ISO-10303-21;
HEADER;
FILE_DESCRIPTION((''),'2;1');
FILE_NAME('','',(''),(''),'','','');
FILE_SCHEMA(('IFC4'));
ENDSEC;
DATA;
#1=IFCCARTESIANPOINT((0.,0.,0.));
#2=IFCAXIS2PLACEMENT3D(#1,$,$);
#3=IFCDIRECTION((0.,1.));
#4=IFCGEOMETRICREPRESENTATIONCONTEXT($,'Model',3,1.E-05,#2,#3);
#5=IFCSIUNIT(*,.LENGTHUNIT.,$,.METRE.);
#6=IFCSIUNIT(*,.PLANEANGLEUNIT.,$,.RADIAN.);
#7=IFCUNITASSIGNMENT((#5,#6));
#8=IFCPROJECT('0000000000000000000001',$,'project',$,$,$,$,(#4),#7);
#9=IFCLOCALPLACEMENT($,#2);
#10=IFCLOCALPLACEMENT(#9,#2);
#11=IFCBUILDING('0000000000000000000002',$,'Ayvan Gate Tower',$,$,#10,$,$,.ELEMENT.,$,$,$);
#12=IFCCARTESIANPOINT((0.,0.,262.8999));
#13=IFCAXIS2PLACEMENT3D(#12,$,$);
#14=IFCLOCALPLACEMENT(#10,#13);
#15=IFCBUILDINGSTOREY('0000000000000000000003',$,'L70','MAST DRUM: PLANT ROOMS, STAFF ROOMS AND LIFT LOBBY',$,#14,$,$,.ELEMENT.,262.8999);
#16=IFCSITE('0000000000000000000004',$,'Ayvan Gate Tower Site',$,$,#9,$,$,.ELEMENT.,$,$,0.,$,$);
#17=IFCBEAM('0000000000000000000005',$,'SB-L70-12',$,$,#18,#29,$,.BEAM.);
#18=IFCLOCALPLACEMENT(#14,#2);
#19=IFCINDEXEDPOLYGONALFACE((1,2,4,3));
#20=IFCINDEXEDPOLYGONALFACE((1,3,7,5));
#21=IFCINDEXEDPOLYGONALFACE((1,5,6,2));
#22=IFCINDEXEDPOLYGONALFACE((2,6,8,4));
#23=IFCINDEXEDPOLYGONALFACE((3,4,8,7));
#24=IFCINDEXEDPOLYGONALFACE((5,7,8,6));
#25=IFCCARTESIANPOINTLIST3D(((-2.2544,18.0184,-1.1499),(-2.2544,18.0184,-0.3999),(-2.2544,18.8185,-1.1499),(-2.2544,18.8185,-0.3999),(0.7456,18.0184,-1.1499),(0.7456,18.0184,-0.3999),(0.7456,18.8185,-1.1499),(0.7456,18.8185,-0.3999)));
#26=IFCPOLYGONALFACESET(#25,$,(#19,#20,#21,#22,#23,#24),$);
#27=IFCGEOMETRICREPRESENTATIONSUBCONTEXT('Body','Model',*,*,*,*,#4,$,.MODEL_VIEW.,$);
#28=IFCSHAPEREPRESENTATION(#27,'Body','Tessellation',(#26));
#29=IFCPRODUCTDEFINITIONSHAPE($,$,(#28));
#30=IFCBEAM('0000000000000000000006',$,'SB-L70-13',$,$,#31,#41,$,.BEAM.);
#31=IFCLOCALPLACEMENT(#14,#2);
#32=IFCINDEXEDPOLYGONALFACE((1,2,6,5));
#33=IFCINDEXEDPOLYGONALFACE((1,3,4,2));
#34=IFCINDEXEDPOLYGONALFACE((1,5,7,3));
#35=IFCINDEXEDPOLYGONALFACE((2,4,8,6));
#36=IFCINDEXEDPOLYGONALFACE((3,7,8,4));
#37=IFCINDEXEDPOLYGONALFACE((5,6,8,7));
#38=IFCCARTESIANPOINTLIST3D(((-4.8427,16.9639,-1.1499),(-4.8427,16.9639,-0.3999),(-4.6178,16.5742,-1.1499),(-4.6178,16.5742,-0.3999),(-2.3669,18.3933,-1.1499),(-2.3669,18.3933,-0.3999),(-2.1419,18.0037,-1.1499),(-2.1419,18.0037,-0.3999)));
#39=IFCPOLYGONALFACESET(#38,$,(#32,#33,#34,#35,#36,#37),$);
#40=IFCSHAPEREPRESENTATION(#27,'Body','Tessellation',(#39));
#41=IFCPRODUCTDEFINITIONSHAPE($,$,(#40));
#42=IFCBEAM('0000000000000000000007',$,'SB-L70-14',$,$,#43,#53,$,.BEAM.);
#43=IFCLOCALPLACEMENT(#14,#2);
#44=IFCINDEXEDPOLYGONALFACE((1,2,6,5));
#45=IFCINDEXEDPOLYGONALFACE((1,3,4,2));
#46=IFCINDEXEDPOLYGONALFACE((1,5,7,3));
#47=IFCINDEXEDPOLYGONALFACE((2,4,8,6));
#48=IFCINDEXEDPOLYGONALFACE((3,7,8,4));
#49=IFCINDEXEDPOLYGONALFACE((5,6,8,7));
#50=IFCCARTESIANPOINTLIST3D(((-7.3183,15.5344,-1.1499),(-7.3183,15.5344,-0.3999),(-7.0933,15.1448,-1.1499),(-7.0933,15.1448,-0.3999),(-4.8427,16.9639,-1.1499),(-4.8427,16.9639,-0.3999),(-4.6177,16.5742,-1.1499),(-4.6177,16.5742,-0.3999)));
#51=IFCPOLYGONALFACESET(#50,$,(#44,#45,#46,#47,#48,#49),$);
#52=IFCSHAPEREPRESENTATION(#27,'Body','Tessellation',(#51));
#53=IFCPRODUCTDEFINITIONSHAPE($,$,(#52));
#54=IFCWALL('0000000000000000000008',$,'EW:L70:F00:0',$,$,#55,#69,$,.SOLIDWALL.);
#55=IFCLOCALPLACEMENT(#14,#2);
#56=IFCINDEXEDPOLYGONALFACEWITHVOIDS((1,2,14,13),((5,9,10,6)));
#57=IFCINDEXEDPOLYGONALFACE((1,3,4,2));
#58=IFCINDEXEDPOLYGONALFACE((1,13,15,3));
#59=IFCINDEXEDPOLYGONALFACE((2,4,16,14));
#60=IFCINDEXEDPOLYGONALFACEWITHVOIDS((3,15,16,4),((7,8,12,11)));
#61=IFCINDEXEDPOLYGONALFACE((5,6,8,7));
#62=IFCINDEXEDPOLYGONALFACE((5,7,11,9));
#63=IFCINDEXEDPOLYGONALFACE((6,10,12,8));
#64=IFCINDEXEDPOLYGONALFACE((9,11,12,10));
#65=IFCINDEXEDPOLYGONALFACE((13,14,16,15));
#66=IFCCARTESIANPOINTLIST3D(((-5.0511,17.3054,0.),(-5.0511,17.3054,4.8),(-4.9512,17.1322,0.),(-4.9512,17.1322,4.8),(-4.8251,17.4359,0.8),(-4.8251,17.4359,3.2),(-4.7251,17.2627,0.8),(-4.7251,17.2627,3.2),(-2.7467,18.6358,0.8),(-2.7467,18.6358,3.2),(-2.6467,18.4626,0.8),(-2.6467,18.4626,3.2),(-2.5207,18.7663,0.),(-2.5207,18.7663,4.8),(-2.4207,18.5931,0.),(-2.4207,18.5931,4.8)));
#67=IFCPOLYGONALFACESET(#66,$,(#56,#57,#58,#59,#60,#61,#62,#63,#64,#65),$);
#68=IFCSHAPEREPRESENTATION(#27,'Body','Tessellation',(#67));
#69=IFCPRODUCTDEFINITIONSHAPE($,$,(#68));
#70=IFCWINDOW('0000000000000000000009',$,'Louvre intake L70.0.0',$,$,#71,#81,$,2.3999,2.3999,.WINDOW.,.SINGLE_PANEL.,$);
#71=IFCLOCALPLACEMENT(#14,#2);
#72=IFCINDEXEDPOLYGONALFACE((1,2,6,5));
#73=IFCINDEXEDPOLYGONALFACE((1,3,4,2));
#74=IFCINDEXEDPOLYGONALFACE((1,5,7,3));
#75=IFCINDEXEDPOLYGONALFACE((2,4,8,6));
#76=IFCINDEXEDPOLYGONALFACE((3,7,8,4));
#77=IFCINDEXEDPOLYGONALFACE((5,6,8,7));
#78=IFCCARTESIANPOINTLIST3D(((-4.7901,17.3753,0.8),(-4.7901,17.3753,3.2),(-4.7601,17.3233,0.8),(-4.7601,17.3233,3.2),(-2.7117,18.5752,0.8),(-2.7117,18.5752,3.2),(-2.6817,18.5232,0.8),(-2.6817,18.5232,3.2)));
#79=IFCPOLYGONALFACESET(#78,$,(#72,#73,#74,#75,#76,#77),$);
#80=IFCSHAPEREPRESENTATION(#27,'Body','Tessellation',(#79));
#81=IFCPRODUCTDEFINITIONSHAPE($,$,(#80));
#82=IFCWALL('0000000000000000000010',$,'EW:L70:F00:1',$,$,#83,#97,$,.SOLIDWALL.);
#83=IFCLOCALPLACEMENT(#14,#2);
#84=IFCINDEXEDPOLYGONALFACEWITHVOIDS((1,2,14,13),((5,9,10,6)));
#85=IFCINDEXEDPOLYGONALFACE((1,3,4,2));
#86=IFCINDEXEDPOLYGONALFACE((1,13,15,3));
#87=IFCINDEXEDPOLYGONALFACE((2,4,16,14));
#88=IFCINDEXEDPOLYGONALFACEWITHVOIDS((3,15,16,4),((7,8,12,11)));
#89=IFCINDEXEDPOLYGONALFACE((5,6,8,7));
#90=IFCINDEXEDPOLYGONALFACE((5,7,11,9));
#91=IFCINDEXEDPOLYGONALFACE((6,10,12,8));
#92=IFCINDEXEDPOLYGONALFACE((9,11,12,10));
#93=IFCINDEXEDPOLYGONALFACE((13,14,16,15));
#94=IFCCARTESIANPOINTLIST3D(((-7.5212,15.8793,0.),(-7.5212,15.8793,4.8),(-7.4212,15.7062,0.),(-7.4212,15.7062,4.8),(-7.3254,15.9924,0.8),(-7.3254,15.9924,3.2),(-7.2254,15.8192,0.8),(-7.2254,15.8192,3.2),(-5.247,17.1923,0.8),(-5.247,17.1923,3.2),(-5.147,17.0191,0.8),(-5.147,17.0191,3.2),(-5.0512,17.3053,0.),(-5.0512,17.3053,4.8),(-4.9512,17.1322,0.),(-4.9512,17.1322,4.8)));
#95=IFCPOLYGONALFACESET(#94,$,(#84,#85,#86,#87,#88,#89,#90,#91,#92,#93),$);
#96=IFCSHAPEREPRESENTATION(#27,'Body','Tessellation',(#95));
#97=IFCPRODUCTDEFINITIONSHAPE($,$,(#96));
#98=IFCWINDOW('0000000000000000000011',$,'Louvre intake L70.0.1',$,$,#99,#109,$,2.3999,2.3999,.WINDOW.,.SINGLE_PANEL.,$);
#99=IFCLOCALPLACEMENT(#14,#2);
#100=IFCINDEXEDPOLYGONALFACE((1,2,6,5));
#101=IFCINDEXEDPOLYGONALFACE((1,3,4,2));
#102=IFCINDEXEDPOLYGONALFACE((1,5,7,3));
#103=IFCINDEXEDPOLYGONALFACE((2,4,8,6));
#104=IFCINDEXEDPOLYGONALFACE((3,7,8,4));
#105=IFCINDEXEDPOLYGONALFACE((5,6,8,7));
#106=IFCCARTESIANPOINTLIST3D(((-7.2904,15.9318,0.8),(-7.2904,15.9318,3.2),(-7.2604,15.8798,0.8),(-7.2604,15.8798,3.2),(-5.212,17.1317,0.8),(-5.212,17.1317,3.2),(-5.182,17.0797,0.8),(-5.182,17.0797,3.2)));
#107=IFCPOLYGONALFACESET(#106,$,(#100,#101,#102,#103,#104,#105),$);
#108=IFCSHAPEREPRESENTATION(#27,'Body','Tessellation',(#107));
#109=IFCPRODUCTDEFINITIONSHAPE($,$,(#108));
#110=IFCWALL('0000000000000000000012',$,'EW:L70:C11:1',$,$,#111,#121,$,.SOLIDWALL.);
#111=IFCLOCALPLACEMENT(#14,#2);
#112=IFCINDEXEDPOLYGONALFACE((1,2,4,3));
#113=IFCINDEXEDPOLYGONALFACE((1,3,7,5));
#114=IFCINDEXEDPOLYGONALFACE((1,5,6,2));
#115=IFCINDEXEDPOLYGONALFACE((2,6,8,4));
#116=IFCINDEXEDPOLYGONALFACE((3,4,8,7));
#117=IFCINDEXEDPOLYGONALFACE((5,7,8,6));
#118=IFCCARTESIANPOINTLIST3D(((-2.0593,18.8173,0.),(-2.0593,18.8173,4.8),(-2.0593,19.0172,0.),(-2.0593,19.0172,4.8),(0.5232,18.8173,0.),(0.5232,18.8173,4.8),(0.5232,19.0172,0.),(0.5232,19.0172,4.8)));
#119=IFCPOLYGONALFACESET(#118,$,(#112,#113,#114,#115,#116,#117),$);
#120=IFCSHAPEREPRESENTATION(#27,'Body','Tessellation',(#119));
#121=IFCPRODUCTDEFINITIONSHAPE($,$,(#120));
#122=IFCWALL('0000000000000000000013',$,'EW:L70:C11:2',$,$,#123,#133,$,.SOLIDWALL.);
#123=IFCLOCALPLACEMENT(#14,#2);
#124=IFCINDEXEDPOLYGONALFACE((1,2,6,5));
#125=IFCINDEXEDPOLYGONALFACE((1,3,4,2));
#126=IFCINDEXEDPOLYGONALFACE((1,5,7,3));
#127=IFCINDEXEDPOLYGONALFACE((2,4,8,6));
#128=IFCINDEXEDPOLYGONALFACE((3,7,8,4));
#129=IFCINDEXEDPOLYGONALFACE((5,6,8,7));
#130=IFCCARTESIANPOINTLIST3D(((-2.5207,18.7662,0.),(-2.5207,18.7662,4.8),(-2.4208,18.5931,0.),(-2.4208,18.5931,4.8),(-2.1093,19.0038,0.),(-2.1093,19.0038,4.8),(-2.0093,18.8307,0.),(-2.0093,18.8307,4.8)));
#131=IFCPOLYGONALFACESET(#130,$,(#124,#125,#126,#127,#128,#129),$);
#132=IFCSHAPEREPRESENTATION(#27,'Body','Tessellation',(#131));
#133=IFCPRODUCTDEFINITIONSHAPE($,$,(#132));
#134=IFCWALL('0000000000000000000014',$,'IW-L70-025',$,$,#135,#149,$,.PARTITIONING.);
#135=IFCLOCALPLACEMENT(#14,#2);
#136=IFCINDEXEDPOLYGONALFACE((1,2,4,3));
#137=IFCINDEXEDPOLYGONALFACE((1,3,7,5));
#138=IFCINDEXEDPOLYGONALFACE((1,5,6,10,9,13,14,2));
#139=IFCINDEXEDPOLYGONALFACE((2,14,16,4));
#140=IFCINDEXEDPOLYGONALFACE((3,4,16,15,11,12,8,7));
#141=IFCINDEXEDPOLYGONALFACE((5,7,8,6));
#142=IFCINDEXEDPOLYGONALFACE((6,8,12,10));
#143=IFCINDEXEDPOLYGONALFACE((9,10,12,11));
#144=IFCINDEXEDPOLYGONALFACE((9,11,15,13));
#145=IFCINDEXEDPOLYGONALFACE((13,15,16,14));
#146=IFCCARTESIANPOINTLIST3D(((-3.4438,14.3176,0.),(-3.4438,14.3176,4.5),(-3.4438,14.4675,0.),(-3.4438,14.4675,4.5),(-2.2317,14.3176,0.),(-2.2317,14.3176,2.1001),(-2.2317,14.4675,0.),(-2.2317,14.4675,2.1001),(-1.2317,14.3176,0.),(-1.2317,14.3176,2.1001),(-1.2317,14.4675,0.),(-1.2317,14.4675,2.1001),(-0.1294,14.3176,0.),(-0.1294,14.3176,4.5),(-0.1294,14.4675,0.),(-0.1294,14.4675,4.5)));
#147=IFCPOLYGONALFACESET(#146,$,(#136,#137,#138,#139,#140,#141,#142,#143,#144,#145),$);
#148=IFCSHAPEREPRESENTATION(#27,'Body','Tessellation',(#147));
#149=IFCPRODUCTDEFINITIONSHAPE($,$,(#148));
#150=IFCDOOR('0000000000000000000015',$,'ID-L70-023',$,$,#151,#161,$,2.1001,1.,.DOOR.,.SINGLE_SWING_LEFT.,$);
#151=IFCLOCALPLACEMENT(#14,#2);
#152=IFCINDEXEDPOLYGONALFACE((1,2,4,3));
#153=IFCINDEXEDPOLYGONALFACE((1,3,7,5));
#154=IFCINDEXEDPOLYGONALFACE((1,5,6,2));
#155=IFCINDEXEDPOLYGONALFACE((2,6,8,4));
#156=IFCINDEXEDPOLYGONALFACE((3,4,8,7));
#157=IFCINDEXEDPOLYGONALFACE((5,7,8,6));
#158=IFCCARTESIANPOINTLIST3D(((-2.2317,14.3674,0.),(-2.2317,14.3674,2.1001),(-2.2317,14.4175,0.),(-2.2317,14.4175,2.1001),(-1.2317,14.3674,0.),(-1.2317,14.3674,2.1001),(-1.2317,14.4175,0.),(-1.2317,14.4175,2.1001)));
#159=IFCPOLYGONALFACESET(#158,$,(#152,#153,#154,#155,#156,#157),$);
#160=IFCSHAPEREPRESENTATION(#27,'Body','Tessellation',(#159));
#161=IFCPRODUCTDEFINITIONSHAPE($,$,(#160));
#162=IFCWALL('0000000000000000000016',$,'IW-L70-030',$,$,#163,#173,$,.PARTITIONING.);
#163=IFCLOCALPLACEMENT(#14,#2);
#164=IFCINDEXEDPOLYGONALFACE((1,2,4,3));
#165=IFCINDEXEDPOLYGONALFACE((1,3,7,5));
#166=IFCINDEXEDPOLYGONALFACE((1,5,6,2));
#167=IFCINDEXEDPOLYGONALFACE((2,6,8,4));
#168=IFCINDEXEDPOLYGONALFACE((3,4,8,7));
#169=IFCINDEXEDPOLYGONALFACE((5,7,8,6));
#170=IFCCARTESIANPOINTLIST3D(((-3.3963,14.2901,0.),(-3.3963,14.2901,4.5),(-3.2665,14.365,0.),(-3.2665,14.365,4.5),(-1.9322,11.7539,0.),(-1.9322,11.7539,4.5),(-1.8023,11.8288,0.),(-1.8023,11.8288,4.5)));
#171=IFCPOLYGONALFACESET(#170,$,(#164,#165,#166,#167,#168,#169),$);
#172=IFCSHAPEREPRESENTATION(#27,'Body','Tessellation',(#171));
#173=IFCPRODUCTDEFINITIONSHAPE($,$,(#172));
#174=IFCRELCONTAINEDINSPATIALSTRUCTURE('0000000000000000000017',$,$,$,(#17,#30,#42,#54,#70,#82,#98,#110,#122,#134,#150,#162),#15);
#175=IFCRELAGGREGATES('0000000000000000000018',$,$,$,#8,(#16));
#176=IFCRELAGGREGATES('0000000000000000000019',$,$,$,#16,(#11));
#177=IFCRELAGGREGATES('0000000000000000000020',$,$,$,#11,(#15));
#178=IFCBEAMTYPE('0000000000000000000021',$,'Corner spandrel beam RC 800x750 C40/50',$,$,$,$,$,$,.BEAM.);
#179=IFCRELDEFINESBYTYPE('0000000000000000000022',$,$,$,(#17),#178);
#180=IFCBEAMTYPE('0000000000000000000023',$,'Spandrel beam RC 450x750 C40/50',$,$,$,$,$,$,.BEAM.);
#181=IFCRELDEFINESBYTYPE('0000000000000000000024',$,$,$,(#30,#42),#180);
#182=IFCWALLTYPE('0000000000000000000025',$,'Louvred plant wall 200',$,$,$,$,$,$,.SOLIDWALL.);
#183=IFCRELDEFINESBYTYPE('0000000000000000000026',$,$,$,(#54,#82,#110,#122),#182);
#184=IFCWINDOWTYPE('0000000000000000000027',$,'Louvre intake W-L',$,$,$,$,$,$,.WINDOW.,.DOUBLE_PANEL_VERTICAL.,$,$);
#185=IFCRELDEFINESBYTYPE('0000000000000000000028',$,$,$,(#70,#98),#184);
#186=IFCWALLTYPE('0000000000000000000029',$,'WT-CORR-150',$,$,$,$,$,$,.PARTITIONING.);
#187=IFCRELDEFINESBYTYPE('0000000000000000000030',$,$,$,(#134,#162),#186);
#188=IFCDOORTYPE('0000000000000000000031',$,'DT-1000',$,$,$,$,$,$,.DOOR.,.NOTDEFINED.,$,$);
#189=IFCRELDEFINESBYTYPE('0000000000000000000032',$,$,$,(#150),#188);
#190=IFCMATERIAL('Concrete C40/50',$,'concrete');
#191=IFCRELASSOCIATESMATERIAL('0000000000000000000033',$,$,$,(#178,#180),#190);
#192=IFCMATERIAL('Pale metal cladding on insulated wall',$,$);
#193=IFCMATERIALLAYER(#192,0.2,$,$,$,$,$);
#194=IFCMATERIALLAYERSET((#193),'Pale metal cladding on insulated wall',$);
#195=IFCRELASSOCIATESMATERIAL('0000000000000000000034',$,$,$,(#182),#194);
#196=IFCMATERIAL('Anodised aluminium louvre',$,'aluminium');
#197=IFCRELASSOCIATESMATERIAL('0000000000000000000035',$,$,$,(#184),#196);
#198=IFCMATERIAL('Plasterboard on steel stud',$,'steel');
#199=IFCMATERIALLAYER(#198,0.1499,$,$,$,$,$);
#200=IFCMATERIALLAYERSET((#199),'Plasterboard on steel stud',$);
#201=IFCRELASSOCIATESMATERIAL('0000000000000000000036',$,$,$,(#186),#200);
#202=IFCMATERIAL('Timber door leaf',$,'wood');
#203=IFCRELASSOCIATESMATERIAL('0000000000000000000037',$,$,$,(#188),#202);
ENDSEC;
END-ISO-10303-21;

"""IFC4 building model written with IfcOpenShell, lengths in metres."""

from ifc_helpers import new_model, si_unit, direction, frame, frame_2d, origin, origin_2d, place, context, subcontext, project, spatial, rectangle, extrude, material, layer, layer_set, material_profile, profile_set, type_object, element, fill, save


model = new_model("IFC4")

# Units and contexts
model_context = context("Model", 3, precision=1e-05, world=origin(), true_north=direction((0.0, 1.0)))
body_context = subcontext(model_context, "Body", "Model", "MODEL_VIEW")
ifc_project = project(units=[si_unit("LENGTHUNIT", "METRE"), si_unit("PLANEANGLEUNIT", "RADIAN")], contexts=[model_context])

# Site, building, storey
site_placement = place(None, origin())
site = spatial("IfcSite", under=ifc_project, at=site_placement, Name="Ayvan Gate Tower Site", CompositionType="ELEMENT", RefElevation=0.0)
building_placement = place(site_placement, origin())
building = spatial("IfcBuilding", under=site, at=building_placement, Name="Ayvan Gate Tower", CompositionType="ELEMENT")
storey_placement = place(building_placement, frame((0.0, 0.0, 262.8999)))
storey = spatial("IfcBuildingStorey", under=building, at=storey_placement, Name="L70", Description="MAST DRUM: PLANT ROOMS, STAFF ROOMS AND LIFT LOBBY", CompositionType="ELEMENT", Elevation=262.8999)

# Beams
ifc_material_1 = material(Name="Concrete C40/50", Category="concrete")
ifc_material_profile_1 = material_profile(ifc_material_1, rectangle(XDim=0.8, YDim=0.75, at=origin_2d()), Name="RC 800x750")
ifc_profile_set_1 = profile_set([ifc_material_profile_1], Name="Concrete C40/50")
beam_type_1 = type_object("IfcBeamType", Name="Corner spandrel beam RC 800x750 C40/50", PredefinedType="BEAM", material=ifc_profile_set_1)
beam_1_placement = place(storey_placement, frame((0.7456, 18.4185, -0.7749), z_axis=(-1.0, 0.0, 0.0), x_axis=(0.0, -1.0, 0.0)))
element("IfcBeam", 1, at=beam_1_placement, inside=storey, type_object=beam_type_1, Name="SB-L70-12", PredefinedType="BEAM", context=body_context, shape_type="SweptSolid", body=[
    extrude(rectangle(XDim=0.8, YDim=0.75, at=origin_2d()), origin(), (0.0, 0.0, 1.0), 3.0),
])
ifc_material_profile_2 = material_profile(ifc_material_1, rectangle(XDim=0.45, YDim=0.75, at=origin_2d()), Name="RC 450x750")
ifc_profile_set_2 = profile_set([ifc_material_profile_2], Name="Concrete C40/50")
beam_type_2 = type_object("IfcBeamType", Name="Spandrel beam RC 450x750 C40/50", PredefinedType="BEAM", material=ifc_profile_set_2)
beam_2_placement = place(storey_placement, frame((-2.2544, 18.1985, -0.7749), z_axis=(-0.866022, -0.500006, 0.0), x_axis=(0.500006, -0.866022, 0.0)))
element("IfcBeam", 2, at=beam_2_placement, inside=storey, type_object=beam_type_2, Name="SB-L70-13", PredefinedType="BEAM", context=body_context, shape_type="SweptSolid", body=[
    extrude(rectangle(XDim=0.45, YDim=0.75, at=origin_2d()), origin(), (0.0, 0.0, 1.0), 2.8589),
])
beam_3_placement = place(storey_placement, frame((-4.7302, 16.769, -0.7749), z_axis=(-0.866001, -0.500043, 0.0), x_axis=(0.500043, -0.866001, 0.0)))
element("IfcBeam", 3, at=beam_3_placement, inside=storey, type_object=beam_type_2, Name="SB-L70-14", PredefinedType="BEAM", context=body_context, shape_type="SweptSolid", body=[
    extrude(rectangle(XDim=0.45, YDim=0.75, at=origin_2d()), origin(), (0.0, 0.0, 1.0), 2.8586),
])

# Walls, openings, windows
ifc_material_2 = material(Name="Pale metal cladding on insulated wall")
ifc_layer_1 = layer(ifc_material_2, 0.2)
ifc_layer_set_1 = layer_set([ifc_layer_1], Name="Pale metal cladding on insulated wall")
wall_type_1 = type_object("IfcWallType", Name="Louvred plant wall 200", PredefinedType="SOLIDWALL", material=ifc_layer_set_1)
wall_1_placement = place(storey_placement, frame((-2.4707, 18.6797, 0.0), z_axis=(0.0, 0.0, 1.0), x_axis=(-0.866034, -0.499985, 0.0)))
wall_1 = element("IfcWall", 4, at=wall_1_placement, inside=storey, type_object=wall_type_1, Name="EW:L70:F00:0", PredefinedType="SOLIDWALL", context=body_context, shape_type="SweptSolid", body=[
    extrude(rectangle(XDim=2.9219, YDim=0.2, at=frame_2d((1.4609, 0.0))), origin(), (0.0, 0.0, 1.0), 4.8),
])
opening_1_placement = place(wall_1_placement, frame((0.261, 0.0, 0.8)))
opening_1 = element("IfcOpeningElement", 5, at=opening_1_placement, cuts=wall_1, PredefinedType="OPENING", context=body_context, shape_type="SweptSolid", body=[
    extrude(rectangle(XDim=2.3999, YDim=2.3999, at=frame_2d((1.2, 1.2))), frame((0.0, 0.1099, 0.0), z_axis=(0.0, -1.0, 0.0), x_axis=(1.0, 0.0, 0.0)), (0.0, 0.0, 1.0), 0.22),
])
ifc_material_3 = material(Name="Anodised aluminium louvre", Category="aluminium")
window_type = type_object("IfcWindowType", Name="Louvre intake W-L", PartitioningType="DOUBLE_PANEL_VERTICAL", PredefinedType="WINDOW", material=ifc_material_3)
window_1_placement = place(opening_1_placement, origin())
window_1 = element("IfcWindow", 6, at=window_1_placement, inside=storey, type_object=window_type, Name="Louvre intake L70.0.0", OverallHeight=2.3999, OverallWidth=2.3999, PartitioningType="SINGLE_PANEL", PredefinedType="WINDOW", context=body_context, shape_type="SweptSolid", body=[
    extrude(rectangle(XDim=2.3999, YDim=2.3999, at=frame_2d((1.2, 1.2))), frame((0.0, 0.03, 0.0), z_axis=(0.0, -1.0, 0.0), x_axis=(1.0, 0.0, 0.0)), (0.0, 0.0, 1.0), 0.0601),
])
fill(opening_1, window_1)
wall_2_placement = place(storey_placement, frame((-5.0012, 17.2188, 0.0), z_axis=(0.0, 0.0, 1.0), x_axis=(-0.866027, -0.499997, 0.0)))
wall_2 = element("IfcWall", 7, at=wall_2_placement, inside=storey, type_object=wall_type_1, Name="EW:L70:F00:1", PredefinedType="SOLIDWALL", context=body_context, shape_type="SweptSolid", body=[
    extrude(rectangle(XDim=2.8521, YDim=0.2, at=frame_2d((1.426, 0.0))), origin(), (0.0, 0.0, 1.0), 4.8),
])
opening_2_placement = place(wall_2_placement, frame((0.2261, 0.0, 0.8)))
opening_2 = element("IfcOpeningElement", 8, at=opening_2_placement, cuts=wall_2, PredefinedType="OPENING", context=body_context, shape_type="SweptSolid", body=[
    extrude(rectangle(XDim=2.3999, YDim=2.3999, at=frame_2d((1.2, 1.2))), frame((0.0, 0.1099, 0.0), z_axis=(0.0, -1.0, 0.0), x_axis=(1.0, 0.0, 0.0)), (0.0, 0.0, 1.0), 0.22),
])
window_2_placement = place(opening_2_placement, origin())
window_2 = element("IfcWindow", 9, at=window_2_placement, inside=storey, type_object=window_type, Name="Louvre intake L70.0.1", OverallHeight=2.3999, OverallWidth=2.3999, PartitioningType="SINGLE_PANEL", PredefinedType="WINDOW", context=body_context, shape_type="SweptSolid", body=[
    extrude(rectangle(XDim=2.3999, YDim=2.3999, at=frame_2d((1.2, 1.2))), frame((0.0, 0.03, 0.0), z_axis=(0.0, -1.0, 0.0), x_axis=(1.0, 0.0, 0.0)), (0.0, 0.0, 1.0), 0.0601),
])
fill(opening_2, window_2)

# Walls
wall_3_placement = place(storey_placement, frame((0.5232, 18.9172, 0.0), z_axis=(0.0, 0.0, 1.0), x_axis=(-1.0, 0.0, 0.0)))
element("IfcWall", 10, at=wall_3_placement, inside=storey, type_object=wall_type_1, Name="EW:L70:C11:1", PredefinedType="SOLIDWALL", context=body_context, shape_type="SweptSolid", body=[
    extrude(rectangle(XDim=2.5825, YDim=0.2, at=frame_2d((1.2913, 0.0))), origin(), (0.0, 0.0, 1.0), 4.8),
])
wall_4_placement = place(storey_placement, frame((-2.0593, 18.9172, 0.0), z_axis=(0.0, 0.0, 1.0), x_axis=(-0.865989, -0.500064, 0.0)))
element("IfcWall", 11, at=wall_4_placement, inside=storey, type_object=wall_type_1, Name="EW:L70:C11:2", PredefinedType="SOLIDWALL", context=body_context, shape_type="SweptSolid", body=[
    extrude(rectangle(XDim=0.4751, YDim=0.2, at=frame_2d((0.2375, 0.0))), origin(), (0.0, 0.0, 1.0), 4.8),
])

# Wall, opening, door
ifc_material_4 = material(Name="Plasterboard on steel stud", Category="steel")
ifc_layer_2 = layer(ifc_material_4, 0.1499)
ifc_layer_set_2 = layer_set([ifc_layer_2], Name="Plasterboard on steel stud")
wall_type_2 = type_object("IfcWallType", Name="WT-CORR-150", PredefinedType="PARTITIONING", material=ifc_layer_set_2)
wall_5_placement = place(storey_placement, frame((-3.4438, 14.3926, 0.0), z_axis=(0.0, 0.0, 1.0), x_axis=(1.0, 0.0, 0.0)))
wall_5 = element("IfcWall", 12, at=wall_5_placement, inside=storey, type_object=wall_type_2, Name="IW-L70-025", PredefinedType="PARTITIONING", context=body_context, shape_type="SweptSolid", body=[
    extrude(rectangle(XDim=3.3145, YDim=0.1499, at=frame_2d((1.6572, 0.0))), origin(), (0.0, 0.0, 1.0), 4.5),
])
opening_3_placement = place(wall_5_placement, frame((1.2122, 0.0, 0.0)))
opening_3 = element("IfcOpeningElement", 13, at=opening_3_placement, cuts=wall_5, PredefinedType="OPENING", context=body_context, shape_type="SweptSolid", body=[
    extrude(rectangle(XDim=1.0, YDim=2.1001, at=frame_2d((0.5, 1.05))), frame((0.0, 0.085, 0.0), z_axis=(0.0, -1.0, 0.0), x_axis=(1.0, 0.0, 0.0)), (0.0, 0.0, 1.0), 0.1699),
])
ifc_material_5 = material(Name="Timber door leaf", Category="wood")
door_type = type_object("IfcDoorType", Name="DT-1000", OperationType="NOTDEFINED", PredefinedType="DOOR", material=ifc_material_5)
door_placement = place(opening_3_placement, origin())
door = element("IfcDoor", 14, at=door_placement, inside=storey, type_object=door_type, Name="ID-L70-023", OperationType="SINGLE_SWING_LEFT", OverallHeight=2.1001, OverallWidth=1.0, PredefinedType="DOOR", context=body_context, shape_type="SweptSolid", body=[
    extrude(rectangle(XDim=1.0, YDim=2.1001, at=frame_2d((0.5, 1.05))), frame((0.0, 0.0249, 0.0), z_axis=(0.0, -1.0, 0.0), x_axis=(1.0, 0.0, 0.0)), (0.0, 0.0, 1.0), 0.05),
])
fill(opening_3, door)

# Wall
wall_6_placement = place(storey_placement, frame((-1.8672, 11.7913, 0.0), z_axis=(0.0, 0.0, 1.0), x_axis=(-0.499968, 0.866044, 0.0)))
element("IfcWall", 15, at=wall_6_placement, inside=storey, type_object=wall_type_2, Name="IW-L70-030", PredefinedType="PARTITIONING", context=body_context, shape_type="SweptSolid", body=[
    extrude(rectangle(XDim=2.9285, YDim=0.1499, at=frame_2d((1.4644, 0.0))), origin(), (0.0, 0.0, 1.0), 4.5),
])

save(model, "model.ifc")
